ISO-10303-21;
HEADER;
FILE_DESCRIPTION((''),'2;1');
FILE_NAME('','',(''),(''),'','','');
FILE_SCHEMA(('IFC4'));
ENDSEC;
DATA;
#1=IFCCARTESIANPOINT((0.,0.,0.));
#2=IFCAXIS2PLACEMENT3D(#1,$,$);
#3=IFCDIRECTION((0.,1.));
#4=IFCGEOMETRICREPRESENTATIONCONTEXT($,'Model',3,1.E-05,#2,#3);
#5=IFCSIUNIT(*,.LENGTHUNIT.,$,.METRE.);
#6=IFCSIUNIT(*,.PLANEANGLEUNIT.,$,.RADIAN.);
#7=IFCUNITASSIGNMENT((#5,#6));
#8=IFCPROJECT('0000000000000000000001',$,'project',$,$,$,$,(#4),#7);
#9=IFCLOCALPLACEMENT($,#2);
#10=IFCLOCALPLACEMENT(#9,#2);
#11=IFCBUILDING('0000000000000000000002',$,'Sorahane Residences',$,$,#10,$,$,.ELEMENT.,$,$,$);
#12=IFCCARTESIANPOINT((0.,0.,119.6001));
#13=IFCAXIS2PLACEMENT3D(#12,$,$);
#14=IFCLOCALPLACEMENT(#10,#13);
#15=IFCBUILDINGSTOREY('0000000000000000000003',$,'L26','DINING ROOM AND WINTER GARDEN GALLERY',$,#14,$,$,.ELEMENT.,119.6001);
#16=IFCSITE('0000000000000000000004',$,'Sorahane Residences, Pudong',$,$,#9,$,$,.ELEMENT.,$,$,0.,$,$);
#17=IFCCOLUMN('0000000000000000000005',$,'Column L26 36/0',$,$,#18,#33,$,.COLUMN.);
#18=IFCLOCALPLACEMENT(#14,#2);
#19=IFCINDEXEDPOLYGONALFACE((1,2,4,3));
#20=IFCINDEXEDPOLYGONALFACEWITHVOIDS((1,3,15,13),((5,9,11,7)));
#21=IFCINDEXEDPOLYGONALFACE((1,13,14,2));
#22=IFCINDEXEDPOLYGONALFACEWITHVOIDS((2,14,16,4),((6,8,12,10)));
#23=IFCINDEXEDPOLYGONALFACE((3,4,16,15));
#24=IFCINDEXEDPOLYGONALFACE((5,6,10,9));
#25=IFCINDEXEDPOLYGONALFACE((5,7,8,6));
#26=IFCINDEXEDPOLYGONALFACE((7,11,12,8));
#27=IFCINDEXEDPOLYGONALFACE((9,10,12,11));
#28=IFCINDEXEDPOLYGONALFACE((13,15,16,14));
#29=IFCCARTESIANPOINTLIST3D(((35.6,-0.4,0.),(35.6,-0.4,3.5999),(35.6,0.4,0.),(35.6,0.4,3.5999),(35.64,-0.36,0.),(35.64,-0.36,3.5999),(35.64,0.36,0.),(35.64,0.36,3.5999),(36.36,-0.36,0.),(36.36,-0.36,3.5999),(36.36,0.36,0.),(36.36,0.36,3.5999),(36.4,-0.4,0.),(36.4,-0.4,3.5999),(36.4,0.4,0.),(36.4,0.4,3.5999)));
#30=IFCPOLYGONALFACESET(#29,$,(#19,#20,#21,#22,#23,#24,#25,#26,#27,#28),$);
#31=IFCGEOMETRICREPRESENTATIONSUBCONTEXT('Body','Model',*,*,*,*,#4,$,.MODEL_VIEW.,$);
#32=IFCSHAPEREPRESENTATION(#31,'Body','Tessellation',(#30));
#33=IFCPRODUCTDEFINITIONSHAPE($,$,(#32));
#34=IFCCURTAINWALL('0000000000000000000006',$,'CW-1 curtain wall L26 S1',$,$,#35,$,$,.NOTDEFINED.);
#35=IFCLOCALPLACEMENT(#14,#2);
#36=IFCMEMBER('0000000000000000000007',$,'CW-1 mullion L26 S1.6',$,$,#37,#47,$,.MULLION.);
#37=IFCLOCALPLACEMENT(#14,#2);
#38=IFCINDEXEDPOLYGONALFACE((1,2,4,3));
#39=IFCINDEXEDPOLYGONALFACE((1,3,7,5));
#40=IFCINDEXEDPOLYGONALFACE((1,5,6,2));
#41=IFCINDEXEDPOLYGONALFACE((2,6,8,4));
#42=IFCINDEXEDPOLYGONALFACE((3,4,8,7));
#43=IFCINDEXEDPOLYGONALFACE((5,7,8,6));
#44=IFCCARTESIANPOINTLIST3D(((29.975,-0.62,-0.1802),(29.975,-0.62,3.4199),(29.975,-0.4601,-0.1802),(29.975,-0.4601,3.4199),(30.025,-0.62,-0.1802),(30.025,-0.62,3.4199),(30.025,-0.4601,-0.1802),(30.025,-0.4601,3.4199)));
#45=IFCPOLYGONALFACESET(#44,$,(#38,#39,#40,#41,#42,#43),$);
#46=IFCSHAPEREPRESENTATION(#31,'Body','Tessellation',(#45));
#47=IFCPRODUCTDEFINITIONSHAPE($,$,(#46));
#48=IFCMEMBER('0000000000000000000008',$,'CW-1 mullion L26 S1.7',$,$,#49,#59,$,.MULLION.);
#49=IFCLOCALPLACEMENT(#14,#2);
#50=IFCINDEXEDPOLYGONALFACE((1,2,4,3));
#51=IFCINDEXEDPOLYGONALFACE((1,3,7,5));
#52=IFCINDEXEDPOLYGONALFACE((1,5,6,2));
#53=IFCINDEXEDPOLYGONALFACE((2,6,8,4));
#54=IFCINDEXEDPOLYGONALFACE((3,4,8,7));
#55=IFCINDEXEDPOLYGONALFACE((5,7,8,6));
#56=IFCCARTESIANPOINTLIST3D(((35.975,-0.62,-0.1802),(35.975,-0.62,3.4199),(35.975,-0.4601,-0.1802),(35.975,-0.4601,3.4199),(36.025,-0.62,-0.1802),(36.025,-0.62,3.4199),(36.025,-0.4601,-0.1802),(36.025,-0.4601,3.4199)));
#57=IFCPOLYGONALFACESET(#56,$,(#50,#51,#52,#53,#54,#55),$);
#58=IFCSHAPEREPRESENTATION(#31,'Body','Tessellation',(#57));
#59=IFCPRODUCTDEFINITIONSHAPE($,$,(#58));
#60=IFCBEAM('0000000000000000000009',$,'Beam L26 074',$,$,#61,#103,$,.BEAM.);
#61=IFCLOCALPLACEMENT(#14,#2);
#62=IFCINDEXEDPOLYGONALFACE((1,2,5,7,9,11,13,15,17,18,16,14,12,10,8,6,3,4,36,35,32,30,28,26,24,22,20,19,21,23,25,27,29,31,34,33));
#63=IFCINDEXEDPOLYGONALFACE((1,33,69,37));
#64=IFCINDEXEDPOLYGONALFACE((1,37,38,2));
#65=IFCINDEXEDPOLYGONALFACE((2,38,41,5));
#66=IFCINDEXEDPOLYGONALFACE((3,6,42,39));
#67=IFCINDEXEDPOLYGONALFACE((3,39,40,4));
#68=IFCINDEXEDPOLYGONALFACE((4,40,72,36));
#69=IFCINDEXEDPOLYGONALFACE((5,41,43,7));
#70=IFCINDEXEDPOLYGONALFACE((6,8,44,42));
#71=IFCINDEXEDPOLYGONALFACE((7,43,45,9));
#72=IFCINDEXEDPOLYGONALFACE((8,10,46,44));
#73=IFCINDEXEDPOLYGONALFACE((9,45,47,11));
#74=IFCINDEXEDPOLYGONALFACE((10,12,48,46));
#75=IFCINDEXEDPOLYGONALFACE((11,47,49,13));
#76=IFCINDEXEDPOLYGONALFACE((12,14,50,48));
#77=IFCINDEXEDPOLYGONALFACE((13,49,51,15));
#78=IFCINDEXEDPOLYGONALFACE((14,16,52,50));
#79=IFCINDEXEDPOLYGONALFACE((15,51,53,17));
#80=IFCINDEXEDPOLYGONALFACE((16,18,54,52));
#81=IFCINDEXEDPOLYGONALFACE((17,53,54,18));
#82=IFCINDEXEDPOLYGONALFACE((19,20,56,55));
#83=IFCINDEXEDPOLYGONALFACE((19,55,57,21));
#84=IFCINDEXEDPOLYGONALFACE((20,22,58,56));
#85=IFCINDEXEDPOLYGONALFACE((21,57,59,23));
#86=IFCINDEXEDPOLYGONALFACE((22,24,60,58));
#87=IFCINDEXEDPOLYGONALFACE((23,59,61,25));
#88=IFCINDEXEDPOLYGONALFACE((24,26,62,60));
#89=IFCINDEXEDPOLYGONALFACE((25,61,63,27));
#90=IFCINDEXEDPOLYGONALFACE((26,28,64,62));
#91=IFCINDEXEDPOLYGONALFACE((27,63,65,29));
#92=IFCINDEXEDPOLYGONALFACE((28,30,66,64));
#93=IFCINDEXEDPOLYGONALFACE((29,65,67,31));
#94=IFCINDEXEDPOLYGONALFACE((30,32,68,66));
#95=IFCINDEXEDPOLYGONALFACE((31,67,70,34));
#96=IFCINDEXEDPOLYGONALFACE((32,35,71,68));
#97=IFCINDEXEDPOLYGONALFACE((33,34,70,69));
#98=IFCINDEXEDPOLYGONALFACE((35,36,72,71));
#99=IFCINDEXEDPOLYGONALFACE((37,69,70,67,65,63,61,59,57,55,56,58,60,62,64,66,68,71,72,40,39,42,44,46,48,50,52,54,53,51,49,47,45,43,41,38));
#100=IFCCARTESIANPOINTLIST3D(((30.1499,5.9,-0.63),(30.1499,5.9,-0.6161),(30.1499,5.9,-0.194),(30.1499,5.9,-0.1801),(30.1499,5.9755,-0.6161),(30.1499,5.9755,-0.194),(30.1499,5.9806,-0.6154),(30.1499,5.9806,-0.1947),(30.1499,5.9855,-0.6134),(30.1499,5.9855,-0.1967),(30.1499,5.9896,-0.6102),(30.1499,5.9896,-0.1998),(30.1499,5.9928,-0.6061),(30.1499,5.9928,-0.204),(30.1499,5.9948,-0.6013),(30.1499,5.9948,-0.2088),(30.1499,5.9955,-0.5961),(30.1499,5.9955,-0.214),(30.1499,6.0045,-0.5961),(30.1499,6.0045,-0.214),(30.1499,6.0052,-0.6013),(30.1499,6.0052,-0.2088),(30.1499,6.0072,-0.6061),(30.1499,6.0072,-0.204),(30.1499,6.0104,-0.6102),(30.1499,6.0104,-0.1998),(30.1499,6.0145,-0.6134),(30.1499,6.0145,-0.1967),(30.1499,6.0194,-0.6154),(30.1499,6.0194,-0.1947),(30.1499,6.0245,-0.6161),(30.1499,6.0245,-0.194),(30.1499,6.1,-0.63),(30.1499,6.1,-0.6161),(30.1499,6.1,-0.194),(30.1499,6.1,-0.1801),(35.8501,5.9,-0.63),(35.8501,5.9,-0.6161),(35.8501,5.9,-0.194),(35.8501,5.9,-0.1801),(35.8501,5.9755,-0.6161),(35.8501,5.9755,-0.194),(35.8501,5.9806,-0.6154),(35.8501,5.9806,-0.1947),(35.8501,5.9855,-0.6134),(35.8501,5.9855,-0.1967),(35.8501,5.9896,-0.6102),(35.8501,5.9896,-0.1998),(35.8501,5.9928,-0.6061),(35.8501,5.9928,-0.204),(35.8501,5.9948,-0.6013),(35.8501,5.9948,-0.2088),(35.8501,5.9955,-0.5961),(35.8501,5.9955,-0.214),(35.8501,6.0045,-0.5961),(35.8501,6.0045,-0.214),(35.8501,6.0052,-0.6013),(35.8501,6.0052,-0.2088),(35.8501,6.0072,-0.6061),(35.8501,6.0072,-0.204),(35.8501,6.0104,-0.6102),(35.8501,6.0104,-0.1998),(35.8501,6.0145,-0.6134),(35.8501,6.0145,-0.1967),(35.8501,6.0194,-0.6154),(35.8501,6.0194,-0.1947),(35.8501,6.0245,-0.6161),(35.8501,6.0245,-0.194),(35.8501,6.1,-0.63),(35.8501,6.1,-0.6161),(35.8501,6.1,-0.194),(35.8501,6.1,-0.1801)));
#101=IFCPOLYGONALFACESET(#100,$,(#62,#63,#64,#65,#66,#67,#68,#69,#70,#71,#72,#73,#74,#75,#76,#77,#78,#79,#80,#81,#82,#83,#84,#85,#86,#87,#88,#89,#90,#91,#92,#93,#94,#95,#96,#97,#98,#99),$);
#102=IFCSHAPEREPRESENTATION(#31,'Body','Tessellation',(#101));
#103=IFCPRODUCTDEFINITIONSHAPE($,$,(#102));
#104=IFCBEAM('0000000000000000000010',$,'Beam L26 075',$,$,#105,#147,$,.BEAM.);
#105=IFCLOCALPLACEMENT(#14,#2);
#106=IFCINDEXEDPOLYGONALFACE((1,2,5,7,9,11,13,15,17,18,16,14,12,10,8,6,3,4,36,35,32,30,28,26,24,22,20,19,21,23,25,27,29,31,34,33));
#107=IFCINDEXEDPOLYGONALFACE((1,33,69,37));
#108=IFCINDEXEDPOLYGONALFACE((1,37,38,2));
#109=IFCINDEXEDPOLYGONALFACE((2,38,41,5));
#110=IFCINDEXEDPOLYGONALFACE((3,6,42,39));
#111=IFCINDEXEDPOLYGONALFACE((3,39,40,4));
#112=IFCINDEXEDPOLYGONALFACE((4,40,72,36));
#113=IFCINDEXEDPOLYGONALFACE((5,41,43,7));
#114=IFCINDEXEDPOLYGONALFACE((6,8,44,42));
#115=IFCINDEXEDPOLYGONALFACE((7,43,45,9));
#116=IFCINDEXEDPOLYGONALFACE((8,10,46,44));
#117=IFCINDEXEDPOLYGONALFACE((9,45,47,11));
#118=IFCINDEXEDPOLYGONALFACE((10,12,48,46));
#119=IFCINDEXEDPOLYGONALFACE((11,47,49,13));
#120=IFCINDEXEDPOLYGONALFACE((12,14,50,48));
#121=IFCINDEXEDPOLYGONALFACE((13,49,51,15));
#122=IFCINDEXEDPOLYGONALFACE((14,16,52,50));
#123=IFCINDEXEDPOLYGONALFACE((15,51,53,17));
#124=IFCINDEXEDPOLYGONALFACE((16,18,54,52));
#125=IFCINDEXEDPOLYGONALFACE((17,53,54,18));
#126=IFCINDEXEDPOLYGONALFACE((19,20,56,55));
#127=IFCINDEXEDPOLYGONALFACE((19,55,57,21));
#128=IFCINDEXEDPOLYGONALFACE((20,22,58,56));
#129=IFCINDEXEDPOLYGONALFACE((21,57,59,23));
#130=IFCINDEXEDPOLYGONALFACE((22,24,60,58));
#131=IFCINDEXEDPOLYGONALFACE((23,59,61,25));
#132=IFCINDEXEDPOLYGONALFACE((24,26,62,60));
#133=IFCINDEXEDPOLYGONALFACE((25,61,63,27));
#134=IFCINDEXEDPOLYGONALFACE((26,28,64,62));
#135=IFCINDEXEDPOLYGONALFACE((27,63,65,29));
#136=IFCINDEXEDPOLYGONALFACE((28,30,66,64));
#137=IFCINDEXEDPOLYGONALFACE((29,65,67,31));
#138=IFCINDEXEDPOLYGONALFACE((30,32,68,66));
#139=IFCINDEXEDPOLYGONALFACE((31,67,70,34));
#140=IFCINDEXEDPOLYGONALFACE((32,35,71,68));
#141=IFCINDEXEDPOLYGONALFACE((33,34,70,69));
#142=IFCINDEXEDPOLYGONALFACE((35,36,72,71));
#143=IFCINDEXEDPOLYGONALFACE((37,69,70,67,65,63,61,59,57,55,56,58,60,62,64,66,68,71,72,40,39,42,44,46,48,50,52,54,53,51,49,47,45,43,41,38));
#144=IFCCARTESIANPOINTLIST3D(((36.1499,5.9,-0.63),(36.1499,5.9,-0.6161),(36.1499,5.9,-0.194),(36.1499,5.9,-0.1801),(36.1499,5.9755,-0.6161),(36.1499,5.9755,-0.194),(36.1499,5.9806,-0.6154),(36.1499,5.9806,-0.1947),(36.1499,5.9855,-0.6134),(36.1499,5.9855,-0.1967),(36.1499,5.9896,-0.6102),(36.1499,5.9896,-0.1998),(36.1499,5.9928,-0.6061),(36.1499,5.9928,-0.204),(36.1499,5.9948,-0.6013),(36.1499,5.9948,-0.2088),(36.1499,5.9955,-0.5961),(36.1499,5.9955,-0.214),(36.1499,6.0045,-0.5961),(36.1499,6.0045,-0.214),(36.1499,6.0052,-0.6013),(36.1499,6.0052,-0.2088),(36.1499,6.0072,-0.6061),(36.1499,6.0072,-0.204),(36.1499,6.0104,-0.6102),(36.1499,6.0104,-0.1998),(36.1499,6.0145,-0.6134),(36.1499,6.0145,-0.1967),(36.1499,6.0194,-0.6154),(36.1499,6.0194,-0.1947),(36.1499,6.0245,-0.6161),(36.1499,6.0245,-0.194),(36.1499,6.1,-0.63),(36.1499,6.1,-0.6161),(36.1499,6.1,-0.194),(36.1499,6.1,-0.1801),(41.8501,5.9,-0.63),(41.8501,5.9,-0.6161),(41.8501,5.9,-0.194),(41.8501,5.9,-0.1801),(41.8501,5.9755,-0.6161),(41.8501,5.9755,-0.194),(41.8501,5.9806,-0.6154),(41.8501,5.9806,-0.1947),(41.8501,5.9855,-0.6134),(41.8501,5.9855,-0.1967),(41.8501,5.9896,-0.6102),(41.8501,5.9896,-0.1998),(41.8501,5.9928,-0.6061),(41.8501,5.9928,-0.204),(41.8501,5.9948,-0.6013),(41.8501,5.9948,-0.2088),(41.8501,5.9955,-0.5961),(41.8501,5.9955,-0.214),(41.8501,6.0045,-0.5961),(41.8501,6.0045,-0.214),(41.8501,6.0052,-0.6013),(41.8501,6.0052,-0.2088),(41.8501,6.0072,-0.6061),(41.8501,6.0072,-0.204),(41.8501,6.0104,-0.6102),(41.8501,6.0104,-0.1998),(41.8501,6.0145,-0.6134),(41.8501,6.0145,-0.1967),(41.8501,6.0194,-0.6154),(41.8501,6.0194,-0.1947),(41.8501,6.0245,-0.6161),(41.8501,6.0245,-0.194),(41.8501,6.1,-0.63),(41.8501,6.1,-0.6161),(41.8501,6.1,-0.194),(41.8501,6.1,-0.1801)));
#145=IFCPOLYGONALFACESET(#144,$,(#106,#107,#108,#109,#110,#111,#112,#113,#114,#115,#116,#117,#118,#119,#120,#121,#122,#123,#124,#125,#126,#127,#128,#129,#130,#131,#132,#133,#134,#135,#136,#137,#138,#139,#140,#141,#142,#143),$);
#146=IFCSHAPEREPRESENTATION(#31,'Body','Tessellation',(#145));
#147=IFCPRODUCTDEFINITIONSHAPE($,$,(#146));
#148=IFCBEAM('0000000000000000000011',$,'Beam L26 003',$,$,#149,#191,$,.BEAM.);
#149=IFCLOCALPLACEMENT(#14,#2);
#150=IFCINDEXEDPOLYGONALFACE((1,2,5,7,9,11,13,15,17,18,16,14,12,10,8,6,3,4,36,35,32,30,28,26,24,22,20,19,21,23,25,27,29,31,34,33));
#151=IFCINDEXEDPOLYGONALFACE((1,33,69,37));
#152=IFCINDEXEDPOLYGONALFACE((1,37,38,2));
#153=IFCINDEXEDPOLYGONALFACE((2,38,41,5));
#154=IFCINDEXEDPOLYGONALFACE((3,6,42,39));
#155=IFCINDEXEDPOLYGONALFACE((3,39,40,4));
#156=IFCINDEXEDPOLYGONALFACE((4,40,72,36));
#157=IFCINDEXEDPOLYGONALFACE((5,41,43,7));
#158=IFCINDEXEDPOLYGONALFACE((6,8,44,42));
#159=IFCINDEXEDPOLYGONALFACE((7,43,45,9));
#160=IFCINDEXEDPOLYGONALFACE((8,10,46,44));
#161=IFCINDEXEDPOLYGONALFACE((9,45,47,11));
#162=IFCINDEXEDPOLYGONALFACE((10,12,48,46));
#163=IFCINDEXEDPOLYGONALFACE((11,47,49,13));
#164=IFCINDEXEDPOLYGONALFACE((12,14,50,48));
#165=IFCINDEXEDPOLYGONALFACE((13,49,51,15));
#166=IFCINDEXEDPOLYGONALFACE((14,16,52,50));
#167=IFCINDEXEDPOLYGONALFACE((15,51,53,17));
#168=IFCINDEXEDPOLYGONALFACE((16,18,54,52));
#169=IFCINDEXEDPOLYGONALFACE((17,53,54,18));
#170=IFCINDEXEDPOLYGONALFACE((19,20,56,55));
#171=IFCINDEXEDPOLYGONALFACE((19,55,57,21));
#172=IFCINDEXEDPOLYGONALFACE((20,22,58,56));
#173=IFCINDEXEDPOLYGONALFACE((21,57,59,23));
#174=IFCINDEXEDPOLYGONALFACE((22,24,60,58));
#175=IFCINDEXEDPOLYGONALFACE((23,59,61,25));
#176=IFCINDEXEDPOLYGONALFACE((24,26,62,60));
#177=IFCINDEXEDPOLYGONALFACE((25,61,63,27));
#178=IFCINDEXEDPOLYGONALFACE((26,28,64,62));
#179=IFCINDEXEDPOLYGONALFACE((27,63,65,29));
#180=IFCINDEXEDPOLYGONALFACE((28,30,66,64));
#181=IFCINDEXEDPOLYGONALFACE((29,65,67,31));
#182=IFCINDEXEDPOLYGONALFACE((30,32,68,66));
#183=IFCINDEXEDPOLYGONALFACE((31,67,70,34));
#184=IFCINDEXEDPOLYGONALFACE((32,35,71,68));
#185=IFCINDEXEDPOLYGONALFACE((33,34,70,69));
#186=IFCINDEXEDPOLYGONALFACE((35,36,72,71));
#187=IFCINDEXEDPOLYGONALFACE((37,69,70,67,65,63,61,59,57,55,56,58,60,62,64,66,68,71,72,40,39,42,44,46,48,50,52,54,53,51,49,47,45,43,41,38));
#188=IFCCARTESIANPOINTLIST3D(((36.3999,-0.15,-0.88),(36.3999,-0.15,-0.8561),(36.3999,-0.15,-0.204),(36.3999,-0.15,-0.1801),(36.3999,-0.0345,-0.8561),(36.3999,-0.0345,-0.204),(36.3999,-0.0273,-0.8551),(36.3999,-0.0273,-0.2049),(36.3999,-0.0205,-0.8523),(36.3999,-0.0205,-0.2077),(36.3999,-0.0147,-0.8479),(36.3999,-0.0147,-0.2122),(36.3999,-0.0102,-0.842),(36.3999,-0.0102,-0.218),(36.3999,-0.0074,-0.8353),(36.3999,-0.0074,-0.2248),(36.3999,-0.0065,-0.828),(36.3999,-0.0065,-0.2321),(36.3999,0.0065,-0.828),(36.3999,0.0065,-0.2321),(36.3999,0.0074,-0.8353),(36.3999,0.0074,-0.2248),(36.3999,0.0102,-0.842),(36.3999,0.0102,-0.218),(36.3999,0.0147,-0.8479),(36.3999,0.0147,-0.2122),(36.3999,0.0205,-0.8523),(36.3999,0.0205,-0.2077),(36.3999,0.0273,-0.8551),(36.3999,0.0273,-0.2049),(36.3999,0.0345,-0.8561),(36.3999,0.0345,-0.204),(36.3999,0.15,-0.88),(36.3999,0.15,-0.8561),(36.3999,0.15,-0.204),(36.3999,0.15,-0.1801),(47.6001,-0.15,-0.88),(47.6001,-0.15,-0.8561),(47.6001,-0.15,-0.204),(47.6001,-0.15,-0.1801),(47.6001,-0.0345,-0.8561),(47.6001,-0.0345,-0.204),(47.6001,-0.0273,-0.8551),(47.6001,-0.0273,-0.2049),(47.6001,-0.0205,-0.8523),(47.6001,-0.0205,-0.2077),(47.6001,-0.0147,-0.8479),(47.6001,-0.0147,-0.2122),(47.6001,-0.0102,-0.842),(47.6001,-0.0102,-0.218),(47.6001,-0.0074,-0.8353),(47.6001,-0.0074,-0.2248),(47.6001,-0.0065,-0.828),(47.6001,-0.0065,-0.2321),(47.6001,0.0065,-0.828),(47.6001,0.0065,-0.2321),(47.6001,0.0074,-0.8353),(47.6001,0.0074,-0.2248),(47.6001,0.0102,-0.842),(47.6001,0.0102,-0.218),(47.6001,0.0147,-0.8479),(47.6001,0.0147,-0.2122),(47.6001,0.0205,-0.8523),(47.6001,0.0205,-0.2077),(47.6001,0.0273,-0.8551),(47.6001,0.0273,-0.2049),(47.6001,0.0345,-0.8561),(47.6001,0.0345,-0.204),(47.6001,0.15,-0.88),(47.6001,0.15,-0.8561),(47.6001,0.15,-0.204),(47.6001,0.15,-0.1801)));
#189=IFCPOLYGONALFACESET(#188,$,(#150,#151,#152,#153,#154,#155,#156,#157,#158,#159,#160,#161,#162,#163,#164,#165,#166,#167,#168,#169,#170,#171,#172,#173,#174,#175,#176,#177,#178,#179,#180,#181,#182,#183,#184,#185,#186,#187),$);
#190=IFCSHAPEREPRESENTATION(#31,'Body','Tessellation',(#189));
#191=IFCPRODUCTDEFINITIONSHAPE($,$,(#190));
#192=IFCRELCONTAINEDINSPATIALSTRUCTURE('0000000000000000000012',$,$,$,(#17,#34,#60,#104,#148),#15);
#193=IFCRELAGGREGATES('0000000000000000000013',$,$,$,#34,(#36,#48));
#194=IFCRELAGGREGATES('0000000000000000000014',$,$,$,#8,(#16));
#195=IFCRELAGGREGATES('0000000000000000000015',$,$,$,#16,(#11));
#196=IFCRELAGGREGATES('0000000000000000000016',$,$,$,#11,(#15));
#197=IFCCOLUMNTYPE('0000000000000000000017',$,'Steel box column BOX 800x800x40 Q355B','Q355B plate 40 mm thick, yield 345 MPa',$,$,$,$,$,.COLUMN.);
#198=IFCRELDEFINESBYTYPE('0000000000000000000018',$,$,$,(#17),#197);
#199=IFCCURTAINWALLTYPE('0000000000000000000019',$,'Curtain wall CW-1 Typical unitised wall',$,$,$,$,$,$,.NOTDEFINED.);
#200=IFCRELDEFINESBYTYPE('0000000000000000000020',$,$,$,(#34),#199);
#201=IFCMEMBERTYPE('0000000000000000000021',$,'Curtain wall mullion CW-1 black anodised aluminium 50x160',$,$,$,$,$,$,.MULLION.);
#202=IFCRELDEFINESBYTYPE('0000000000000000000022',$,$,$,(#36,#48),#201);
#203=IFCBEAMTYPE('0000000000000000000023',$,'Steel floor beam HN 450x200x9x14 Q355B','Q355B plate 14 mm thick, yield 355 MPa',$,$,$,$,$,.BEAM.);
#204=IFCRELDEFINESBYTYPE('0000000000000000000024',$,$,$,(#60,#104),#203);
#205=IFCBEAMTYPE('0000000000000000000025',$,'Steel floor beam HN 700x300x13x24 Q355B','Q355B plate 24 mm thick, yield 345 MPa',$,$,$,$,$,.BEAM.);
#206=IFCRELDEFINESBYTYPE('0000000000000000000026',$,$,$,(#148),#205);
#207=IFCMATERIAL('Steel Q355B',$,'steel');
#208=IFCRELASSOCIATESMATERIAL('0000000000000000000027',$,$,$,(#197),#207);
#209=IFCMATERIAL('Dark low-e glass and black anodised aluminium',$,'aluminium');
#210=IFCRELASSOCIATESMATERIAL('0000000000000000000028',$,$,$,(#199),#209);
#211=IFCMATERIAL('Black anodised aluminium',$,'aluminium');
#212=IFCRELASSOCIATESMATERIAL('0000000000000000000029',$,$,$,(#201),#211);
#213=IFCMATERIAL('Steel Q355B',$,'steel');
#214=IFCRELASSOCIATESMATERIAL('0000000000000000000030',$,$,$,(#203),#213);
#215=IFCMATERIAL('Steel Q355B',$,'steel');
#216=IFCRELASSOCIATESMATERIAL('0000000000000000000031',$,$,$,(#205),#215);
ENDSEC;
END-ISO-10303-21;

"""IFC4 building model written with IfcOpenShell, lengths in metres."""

from ifc_helpers import new_model, si_unit, direction, frame, origin, origin_2d, place, context, subcontext, project, spatial, rectangle, hollow_rectangle, i_section, extrude, material, material_profile, profile_set, type_object, element, aggregate, save


model = new_model("IFC4")

# Units and contexts
model_context = context("Model", 3, precision=1e-05, world=origin(), true_north=direction((0.0, 1.0)))
body_context = subcontext(model_context, "Body", "Model", "MODEL_VIEW")
ifc_project = project(units=[si_unit("LENGTHUNIT", "METRE"), si_unit("PLANEANGLEUNIT", "RADIAN")], contexts=[model_context])

# Site, building, storey
site_placement = place(None, origin())
site = spatial("IfcSite", under=ifc_project, at=site_placement, Name="Sorahane Residences, Pudong", CompositionType="ELEMENT", RefElevation=0.0)
building_placement = place(site_placement, origin())
building = spatial("IfcBuilding", under=site, at=building_placement, Name="Sorahane Residences", CompositionType="ELEMENT")
storey_placement = place(building_placement, frame((0.0, 0.0, 119.6001)))
storey = spatial("IfcBuildingStorey", under=building, at=storey_placement, Name="L26", Description="DINING ROOM AND WINTER GARDEN GALLERY", CompositionType="ELEMENT", Elevation=119.6001)

# Column
ifc_material_1 = material(Name="Steel Q355B", Category="steel")
ifc_material_profile_1 = material_profile(ifc_material_1, hollow_rectangle(XDim=0.8, YDim=0.8, WallThickness=0.04, at=origin_2d()), Name="BOX 800x800x40")
ifc_profile_set_1 = profile_set([ifc_material_profile_1], Name="Steel Q355B")
column_type = type_object("IfcColumnType", Name="Steel box column BOX 800x800x40 Q355B", Description="Q355B plate 40 mm thick, yield 345 MPa", PredefinedType="COLUMN", material=ifc_profile_set_1)
column_placement = place(storey_placement, frame((36.0, 0.0, 0.0), z_axis=(0.0, 0.0, 1.0), x_axis=(1.0, 0.0, 0.0)))
element("IfcColumn", 1, at=column_placement, inside=storey, type_object=column_type, Name="Column L26 36/0", PredefinedType="COLUMN", context=body_context, shape_type="SweptSolid", body=[
    extrude(hollow_rectangle(XDim=0.8, YDim=0.8, WallThickness=0.04, at=origin_2d()), origin(), (0.0, 0.0, 1.0), 3.5999),
])

# Curtain wall, members
ifc_material_2 = material(Name="Dark low-e glass and black anodised aluminium", Category="aluminium")
curtain_wall_type = type_object("IfcCurtainWallType", Name="Curtain wall CW-1 Typical unitised wall", PredefinedType="NOTDEFINED", material=ifc_material_2)
curtain_wall_placement = place(storey_placement, origin())
curtain_wall = element("IfcCurtainWall", 2, at=curtain_wall_placement, inside=storey, type_object=curtain_wall_type, Name="CW-1 curtain wall L26 S1", PredefinedType="NOTDEFINED")
ifc_material_3 = material(Name="Black anodised aluminium", Category="aluminium")
ifc_material_profile_2 = material_profile(ifc_material_3, rectangle(XDim=0.1599, YDim=0.05, at=origin_2d()), Name="Curtain wall mullion CW-1 black anodised aluminium 50x160")
ifc_profile_set_2 = profile_set([ifc_material_profile_2], Name="Black anodised aluminium")
member_type = type_object("IfcMemberType", Name="Curtain wall mullion CW-1 black anodised aluminium 50x160", PredefinedType="MULLION", material=ifc_profile_set_2)
member_1_placement = place(storey_placement, frame((30.0, -0.54, -0.1802), z_axis=(0.0, 0.0, 1.0), x_axis=(0.0, -1.0, 0.0)))
member_1 = element("IfcMember", 3, at=member_1_placement, type_object=member_type, Name="CW-1 mullion L26 S1.6", PredefinedType="MULLION", context=body_context, shape_type="SweptSolid", body=[
    extrude(rectangle(XDim=0.1599, YDim=0.05, at=origin_2d()), origin(), (0.0, 0.0, 1.0), 3.6001),
])
member_2_placement = place(storey_placement, frame((36.0, -0.54, -0.1802), z_axis=(0.0, 0.0, 1.0), x_axis=(0.0, -1.0, 0.0)))
member_2 = element("IfcMember", 4, at=member_2_placement, type_object=member_type, Name="CW-1 mullion L26 S1.7", PredefinedType="MULLION", context=body_context, shape_type="SweptSolid", body=[
    extrude(rectangle(XDim=0.1599, YDim=0.05, at=origin_2d()), origin(), (0.0, 0.0, 1.0), 3.6001),
])

# Beams
ifc_material_4 = material(Name="Steel Q355B", Category="steel")
ifc_material_profile_3 = material_profile(ifc_material_4, i_section(OverallWidth=0.2, OverallDepth=0.45, WebThickness=0.009, FlangeThickness=0.0139, FilletRadius=0.02, at=origin_2d()), Name="HN 450x200x9x14")
ifc_profile_set_3 = profile_set([ifc_material_profile_3], Name="Steel Q355B")
beam_type_1 = type_object("IfcBeamType", Name="Steel floor beam HN 450x200x9x14 Q355B", Description="Q355B plate 14 mm thick, yield 355 MPa", PredefinedType="BEAM", material=ifc_profile_set_3)
for number, where, z_axis, x_axis, name in (
    (5, (30.1499, 6.0, -0.405), (1.0, 0.0, 0.0), (0.0, 1.0, 0.0), "Beam L26 074"),
    (6, (36.1499, 6.0, -0.405), (1.0, 0.0, 0.0), (0.0, 1.0, 0.0), "Beam L26 075"),
):
    element("IfcBeam", number, at=place(storey_placement, frame(where, z_axis=z_axis, x_axis=x_axis)), inside=storey, type_object=beam_type_1, Name=name, PredefinedType="BEAM", context=body_context, shape_type="SweptSolid", body=[
        extrude(i_section(OverallWidth=0.2, OverallDepth=0.45, WebThickness=0.009, FlangeThickness=0.0139, FilletRadius=0.02, at=origin_2d()), origin(), (0.0, 0.0, 1.0), 5.7002),
    ])
ifc_material_5 = material(Name="Steel Q355B", Category="steel")
ifc_material_profile_4 = material_profile(ifc_material_5, i_section(OverallWidth=0.3, OverallDepth=0.7, WebThickness=0.0129, FlangeThickness=0.0239, FilletRadius=0.0281, at=origin_2d()), Name="HN 700x300x13x24")
ifc_profile_set_4 = profile_set([ifc_material_profile_4], Name="Steel Q355B")
beam_type_2 = type_object("IfcBeamType", Name="Steel floor beam HN 700x300x13x24 Q355B", Description="Q355B plate 24 mm thick, yield 345 MPa", PredefinedType="BEAM", material=ifc_profile_set_4)
beam_1_placement = place(storey_placement, frame((36.3999, 0.0, -0.53), z_axis=(1.0, 0.0, 0.0), x_axis=(0.0, 1.0, 0.0)))
element("IfcBeam", 7, at=beam_1_placement, inside=storey, type_object=beam_type_2, Name="Beam L26 003", PredefinedType="BEAM", context=body_context, shape_type="SweptSolid", body=[
    extrude(i_section(OverallWidth=0.3, OverallDepth=0.7, WebThickness=0.0129, FlangeThickness=0.0239, FilletRadius=0.0281, at=origin_2d()), origin(), (0.0, 0.0, 1.0), 11.2002),
])

aggregate(curtain_wall, [member_1, member_2])

save(model, "model.ifc")
